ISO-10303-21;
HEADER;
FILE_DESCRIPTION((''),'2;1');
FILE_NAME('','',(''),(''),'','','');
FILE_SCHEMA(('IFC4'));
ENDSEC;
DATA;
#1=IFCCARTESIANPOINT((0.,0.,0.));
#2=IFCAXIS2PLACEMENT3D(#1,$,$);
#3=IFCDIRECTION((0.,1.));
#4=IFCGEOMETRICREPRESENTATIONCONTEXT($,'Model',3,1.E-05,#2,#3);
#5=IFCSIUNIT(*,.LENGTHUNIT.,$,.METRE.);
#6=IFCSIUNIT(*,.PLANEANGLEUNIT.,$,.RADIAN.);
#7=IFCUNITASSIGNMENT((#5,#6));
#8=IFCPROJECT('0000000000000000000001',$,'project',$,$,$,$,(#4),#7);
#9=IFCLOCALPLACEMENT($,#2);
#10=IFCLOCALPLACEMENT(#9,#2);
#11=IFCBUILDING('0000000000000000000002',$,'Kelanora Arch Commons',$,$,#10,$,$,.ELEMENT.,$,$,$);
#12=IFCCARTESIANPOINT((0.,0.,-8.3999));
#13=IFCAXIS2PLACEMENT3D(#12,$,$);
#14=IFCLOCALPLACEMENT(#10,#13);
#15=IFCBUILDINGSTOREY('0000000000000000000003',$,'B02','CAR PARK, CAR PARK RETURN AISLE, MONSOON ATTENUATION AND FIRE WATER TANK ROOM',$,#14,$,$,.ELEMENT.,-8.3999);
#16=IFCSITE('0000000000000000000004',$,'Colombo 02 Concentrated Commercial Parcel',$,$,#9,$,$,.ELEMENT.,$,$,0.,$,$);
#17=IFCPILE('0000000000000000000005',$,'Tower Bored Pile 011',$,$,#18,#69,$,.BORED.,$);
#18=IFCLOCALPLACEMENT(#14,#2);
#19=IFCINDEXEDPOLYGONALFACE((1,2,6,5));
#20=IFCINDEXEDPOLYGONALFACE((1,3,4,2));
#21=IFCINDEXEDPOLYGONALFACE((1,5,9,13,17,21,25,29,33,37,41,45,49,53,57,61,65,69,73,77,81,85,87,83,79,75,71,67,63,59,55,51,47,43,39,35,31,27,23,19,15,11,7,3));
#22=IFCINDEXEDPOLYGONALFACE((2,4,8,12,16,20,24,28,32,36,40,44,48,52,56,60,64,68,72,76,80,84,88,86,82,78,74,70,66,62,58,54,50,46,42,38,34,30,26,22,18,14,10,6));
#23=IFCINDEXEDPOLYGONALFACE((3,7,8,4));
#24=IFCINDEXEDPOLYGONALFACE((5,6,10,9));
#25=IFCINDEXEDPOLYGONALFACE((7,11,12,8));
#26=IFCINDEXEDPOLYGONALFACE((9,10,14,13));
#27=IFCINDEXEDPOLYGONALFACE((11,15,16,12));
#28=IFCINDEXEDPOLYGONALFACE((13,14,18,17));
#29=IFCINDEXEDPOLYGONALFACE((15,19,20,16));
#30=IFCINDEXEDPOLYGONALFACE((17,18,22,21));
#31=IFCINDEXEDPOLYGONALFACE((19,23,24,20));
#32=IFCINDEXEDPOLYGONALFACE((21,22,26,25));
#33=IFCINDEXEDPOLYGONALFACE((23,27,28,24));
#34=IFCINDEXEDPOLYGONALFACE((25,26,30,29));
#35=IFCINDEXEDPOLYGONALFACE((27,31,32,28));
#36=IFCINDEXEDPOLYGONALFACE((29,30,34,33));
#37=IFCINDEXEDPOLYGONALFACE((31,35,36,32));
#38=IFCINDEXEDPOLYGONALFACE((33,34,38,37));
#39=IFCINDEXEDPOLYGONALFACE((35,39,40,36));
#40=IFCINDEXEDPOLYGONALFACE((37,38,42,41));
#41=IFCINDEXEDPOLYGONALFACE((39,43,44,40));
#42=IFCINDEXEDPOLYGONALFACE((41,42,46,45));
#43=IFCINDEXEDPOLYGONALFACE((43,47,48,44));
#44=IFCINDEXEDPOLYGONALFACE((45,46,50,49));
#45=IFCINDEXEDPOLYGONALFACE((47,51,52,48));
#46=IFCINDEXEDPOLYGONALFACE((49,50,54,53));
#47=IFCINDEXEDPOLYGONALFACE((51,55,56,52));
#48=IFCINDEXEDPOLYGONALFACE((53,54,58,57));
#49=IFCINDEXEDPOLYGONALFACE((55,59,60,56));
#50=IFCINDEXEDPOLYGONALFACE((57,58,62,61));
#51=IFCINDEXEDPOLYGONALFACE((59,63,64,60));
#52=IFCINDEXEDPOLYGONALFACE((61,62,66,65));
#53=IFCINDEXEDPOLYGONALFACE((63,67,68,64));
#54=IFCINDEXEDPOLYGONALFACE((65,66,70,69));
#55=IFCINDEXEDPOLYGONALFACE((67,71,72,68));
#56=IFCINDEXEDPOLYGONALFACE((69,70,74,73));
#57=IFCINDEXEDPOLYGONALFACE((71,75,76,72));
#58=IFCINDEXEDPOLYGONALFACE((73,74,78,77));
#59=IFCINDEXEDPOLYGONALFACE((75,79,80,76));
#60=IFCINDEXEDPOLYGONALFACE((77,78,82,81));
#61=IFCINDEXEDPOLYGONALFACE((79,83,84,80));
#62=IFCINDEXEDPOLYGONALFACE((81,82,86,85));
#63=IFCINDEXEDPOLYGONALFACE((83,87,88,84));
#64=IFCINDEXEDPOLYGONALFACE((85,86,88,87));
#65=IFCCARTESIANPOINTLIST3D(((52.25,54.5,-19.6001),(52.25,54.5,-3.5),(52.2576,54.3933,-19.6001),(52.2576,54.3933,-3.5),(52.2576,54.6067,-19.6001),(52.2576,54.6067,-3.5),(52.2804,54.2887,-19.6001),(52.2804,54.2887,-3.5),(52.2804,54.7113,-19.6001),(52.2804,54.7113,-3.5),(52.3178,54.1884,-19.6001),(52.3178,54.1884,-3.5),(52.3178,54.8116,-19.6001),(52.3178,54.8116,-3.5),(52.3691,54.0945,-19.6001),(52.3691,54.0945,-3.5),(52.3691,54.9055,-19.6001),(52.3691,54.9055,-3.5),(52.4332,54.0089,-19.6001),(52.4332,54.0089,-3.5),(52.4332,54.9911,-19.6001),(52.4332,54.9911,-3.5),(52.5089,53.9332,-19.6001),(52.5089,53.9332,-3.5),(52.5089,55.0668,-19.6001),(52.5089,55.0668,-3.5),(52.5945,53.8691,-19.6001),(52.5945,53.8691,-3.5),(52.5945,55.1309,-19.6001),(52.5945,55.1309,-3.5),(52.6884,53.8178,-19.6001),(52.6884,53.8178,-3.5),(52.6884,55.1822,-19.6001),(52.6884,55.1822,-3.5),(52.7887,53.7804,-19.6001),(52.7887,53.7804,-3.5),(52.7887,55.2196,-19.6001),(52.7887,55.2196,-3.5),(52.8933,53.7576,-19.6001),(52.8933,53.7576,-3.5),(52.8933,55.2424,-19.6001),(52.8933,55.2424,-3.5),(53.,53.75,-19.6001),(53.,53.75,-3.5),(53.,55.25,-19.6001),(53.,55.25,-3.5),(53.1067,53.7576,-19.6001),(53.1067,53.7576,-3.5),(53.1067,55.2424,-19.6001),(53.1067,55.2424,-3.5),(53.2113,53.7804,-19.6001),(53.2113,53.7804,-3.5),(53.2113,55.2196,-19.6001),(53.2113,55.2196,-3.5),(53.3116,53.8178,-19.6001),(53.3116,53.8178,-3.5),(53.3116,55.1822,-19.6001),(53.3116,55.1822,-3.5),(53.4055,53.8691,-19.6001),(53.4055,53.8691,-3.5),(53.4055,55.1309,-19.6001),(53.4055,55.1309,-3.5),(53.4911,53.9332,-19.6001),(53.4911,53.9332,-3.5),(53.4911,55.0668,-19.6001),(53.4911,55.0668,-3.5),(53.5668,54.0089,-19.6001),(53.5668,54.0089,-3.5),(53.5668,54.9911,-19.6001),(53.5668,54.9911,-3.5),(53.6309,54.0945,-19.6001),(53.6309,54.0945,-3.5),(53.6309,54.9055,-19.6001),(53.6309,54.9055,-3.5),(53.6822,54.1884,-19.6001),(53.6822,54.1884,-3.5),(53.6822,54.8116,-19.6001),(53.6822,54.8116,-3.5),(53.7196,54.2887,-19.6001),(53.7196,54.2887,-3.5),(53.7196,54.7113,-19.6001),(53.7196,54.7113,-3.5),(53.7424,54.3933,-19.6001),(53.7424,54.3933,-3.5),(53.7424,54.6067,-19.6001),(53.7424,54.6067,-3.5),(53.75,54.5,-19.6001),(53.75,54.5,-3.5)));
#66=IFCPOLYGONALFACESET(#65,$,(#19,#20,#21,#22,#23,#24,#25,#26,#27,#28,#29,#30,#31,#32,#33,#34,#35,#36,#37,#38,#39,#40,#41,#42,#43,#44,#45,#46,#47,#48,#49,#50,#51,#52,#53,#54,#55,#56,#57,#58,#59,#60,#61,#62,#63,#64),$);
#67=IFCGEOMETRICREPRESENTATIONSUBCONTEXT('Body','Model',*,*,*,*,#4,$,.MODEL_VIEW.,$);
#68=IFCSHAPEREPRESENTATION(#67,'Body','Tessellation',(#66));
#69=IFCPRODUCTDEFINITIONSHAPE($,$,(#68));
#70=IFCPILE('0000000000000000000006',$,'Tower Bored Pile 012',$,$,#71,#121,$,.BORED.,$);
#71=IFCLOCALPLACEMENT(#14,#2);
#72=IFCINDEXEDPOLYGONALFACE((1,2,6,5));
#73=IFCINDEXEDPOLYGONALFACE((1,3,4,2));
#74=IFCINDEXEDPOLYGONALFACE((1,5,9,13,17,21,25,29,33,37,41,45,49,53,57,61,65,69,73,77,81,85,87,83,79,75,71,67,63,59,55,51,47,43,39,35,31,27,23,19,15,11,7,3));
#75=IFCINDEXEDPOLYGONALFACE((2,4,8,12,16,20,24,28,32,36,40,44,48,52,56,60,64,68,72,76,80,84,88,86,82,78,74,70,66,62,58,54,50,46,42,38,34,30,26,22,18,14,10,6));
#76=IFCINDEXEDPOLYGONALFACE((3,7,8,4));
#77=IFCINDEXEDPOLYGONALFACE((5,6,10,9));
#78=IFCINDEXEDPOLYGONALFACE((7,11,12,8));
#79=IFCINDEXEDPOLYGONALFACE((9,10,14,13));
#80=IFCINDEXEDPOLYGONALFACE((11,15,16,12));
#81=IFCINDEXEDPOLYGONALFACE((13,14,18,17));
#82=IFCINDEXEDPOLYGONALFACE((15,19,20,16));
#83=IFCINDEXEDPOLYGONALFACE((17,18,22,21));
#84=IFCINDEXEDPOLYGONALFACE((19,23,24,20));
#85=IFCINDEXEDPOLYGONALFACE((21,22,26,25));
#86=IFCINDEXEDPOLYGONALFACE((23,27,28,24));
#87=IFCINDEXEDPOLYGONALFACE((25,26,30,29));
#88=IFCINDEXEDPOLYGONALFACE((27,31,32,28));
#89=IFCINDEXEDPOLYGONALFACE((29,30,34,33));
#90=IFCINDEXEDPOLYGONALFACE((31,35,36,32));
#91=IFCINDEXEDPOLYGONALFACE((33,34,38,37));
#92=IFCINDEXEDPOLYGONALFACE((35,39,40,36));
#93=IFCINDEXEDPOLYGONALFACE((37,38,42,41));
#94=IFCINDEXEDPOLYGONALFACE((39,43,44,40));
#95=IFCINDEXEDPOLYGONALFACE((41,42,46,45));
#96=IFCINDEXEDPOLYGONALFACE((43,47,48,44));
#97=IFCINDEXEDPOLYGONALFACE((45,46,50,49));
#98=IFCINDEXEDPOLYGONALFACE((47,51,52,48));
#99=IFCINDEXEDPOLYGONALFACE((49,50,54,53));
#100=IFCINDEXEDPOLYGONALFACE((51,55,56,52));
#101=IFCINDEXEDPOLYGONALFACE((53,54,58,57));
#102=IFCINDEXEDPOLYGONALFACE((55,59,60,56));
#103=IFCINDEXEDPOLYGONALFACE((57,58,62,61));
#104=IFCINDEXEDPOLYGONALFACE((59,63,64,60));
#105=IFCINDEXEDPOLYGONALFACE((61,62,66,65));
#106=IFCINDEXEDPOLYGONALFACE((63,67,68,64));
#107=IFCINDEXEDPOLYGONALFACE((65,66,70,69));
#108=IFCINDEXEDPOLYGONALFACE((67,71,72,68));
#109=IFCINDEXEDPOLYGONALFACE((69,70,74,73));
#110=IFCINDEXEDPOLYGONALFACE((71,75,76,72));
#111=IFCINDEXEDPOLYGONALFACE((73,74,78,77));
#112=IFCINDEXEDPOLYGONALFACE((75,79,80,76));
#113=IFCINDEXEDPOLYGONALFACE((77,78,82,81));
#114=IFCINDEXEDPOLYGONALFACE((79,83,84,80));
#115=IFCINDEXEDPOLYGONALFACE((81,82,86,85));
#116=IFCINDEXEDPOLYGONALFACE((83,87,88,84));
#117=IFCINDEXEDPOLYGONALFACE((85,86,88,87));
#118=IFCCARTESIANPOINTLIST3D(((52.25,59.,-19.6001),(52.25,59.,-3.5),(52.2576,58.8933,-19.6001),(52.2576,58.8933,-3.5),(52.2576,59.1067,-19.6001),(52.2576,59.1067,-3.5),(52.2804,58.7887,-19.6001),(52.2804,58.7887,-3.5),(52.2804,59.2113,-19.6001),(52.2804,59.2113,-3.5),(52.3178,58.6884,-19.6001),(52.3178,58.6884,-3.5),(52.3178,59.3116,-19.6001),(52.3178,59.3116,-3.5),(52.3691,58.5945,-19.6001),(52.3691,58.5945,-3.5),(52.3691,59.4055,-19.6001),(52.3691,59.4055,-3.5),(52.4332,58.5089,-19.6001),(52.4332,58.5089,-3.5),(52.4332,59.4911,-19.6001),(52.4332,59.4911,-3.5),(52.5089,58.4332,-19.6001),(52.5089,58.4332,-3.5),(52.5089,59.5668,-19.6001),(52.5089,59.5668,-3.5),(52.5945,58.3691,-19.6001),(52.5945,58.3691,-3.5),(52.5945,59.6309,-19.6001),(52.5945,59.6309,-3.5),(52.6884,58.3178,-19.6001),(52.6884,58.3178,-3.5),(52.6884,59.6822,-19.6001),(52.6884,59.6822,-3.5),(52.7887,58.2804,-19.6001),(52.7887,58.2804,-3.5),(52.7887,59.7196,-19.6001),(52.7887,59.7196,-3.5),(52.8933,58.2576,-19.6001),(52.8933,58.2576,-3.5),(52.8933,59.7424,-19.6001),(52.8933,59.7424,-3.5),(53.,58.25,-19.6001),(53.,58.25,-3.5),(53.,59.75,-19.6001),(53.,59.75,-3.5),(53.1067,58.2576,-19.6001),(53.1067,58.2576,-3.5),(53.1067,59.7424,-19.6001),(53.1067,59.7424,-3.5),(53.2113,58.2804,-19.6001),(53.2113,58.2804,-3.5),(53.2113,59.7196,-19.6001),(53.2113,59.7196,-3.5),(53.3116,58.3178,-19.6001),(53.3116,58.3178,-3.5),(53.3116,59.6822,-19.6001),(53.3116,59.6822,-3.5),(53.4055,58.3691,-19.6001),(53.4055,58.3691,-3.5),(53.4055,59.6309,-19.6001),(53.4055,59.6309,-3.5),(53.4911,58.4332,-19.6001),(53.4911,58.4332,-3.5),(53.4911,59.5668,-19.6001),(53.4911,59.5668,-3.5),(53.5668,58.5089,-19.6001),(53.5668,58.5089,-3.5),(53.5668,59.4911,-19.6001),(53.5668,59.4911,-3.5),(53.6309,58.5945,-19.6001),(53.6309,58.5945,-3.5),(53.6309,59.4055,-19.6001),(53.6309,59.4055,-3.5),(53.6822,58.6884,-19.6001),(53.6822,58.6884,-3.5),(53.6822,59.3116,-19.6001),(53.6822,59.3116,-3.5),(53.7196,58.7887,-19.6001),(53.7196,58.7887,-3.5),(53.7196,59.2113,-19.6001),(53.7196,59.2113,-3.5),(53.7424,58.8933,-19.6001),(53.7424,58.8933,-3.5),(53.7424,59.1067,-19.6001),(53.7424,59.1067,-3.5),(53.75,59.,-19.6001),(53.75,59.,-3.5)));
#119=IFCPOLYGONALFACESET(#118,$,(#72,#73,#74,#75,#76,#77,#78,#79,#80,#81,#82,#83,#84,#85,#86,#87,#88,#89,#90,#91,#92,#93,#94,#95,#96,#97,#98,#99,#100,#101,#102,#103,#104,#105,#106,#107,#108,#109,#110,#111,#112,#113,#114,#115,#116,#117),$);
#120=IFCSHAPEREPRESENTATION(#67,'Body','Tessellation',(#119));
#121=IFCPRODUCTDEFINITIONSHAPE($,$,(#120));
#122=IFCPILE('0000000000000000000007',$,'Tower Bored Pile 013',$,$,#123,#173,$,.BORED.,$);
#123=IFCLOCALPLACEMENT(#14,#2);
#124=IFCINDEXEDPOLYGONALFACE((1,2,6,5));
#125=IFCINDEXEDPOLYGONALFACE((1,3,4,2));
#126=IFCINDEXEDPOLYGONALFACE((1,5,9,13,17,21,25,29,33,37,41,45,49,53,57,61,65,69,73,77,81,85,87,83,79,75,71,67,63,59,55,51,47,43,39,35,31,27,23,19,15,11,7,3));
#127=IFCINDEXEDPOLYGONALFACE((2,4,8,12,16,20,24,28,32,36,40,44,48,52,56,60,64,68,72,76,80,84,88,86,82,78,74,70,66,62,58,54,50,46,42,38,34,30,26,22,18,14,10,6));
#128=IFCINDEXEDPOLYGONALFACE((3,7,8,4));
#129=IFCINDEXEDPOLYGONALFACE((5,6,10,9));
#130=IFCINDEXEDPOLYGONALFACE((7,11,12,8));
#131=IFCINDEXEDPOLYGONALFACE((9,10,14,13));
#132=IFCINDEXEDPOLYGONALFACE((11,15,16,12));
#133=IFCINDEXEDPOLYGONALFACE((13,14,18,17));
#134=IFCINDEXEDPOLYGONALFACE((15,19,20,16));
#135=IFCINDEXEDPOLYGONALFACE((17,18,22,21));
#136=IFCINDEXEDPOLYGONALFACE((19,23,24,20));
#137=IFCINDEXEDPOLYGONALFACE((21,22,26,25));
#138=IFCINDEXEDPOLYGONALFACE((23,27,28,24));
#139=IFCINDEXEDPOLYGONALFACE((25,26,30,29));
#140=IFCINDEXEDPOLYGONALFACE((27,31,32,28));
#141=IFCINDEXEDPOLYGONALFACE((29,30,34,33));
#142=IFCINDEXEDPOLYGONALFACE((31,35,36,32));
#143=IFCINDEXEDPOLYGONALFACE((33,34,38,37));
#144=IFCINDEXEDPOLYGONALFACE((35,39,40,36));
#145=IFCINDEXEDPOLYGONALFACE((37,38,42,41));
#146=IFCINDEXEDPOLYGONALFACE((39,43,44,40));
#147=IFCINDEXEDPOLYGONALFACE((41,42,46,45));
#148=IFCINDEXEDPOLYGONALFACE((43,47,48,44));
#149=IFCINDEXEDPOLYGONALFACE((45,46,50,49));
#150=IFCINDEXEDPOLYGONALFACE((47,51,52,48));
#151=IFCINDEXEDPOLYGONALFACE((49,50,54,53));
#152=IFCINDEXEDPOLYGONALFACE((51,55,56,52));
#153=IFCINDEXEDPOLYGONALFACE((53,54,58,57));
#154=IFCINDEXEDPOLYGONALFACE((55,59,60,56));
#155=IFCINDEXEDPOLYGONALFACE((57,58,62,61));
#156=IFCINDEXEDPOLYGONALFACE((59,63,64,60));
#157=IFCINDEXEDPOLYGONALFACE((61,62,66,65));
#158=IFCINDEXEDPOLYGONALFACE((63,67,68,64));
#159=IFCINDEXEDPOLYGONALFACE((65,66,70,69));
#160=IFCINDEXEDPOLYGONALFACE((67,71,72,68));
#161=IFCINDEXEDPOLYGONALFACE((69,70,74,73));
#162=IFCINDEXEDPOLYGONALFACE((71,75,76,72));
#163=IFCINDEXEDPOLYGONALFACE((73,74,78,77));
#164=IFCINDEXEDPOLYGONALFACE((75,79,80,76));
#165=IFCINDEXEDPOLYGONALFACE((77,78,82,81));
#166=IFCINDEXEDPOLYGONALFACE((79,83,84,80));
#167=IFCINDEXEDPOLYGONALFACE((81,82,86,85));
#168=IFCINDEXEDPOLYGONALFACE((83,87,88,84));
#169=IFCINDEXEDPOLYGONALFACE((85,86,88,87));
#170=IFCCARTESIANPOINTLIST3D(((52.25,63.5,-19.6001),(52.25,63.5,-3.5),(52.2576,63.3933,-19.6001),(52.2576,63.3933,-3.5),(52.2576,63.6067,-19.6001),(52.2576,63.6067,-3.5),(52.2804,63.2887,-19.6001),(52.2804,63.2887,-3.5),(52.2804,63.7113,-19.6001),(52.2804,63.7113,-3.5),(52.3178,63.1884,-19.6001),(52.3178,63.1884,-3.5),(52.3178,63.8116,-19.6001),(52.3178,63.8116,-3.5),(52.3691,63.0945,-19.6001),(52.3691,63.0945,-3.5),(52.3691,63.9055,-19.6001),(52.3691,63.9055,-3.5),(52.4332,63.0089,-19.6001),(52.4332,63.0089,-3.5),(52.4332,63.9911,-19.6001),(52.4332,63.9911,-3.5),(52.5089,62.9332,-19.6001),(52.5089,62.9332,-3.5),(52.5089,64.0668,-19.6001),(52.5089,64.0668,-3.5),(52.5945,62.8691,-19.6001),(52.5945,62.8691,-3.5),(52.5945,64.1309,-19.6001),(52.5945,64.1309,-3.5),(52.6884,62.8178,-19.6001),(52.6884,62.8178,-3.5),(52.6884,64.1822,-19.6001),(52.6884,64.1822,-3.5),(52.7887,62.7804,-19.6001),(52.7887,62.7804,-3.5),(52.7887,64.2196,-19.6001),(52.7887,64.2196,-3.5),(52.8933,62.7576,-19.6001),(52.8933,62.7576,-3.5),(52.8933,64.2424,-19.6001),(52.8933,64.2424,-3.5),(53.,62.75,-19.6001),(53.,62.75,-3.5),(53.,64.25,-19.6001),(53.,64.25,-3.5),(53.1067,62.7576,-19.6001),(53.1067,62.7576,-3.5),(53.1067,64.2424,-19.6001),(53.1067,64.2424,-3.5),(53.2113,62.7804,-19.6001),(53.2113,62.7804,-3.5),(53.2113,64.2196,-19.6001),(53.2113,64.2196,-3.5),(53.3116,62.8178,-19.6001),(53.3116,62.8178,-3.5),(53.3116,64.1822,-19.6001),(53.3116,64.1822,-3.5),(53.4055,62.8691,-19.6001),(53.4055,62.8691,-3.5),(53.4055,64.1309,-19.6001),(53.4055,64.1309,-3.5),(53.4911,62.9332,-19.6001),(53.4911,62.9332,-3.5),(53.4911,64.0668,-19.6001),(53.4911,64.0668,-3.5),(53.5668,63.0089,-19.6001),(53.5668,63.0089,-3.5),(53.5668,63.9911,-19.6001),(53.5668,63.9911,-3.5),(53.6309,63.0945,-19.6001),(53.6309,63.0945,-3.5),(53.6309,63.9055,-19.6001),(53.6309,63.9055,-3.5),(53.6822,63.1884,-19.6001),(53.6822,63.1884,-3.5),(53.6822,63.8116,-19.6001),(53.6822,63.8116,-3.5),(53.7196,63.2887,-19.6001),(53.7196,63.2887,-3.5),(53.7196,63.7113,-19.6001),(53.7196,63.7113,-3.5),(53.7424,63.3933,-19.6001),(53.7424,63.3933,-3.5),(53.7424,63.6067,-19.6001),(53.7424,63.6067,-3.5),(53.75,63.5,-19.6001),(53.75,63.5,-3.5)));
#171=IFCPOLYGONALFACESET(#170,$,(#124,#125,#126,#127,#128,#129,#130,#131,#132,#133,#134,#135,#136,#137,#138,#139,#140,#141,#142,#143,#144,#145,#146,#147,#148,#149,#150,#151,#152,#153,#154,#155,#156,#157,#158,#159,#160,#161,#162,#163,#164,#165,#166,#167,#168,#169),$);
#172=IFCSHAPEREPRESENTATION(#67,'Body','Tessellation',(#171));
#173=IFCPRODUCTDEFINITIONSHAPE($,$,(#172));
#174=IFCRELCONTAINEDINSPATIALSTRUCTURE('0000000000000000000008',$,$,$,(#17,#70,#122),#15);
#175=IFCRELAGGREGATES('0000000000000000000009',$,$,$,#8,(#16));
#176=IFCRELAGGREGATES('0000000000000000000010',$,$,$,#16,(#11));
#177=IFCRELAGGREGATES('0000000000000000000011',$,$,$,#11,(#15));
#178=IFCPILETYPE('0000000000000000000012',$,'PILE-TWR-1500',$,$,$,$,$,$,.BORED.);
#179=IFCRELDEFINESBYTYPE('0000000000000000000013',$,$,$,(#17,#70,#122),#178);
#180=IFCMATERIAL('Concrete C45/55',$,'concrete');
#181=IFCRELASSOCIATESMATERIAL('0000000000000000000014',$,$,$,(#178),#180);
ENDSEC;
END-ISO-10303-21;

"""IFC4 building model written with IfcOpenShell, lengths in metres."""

from ifc_helpers import new_model, si_unit, direction, frame, origin, origin_2d, place, context, subcontext, project, spatial, circle, extrude, source, transform, mapped, material, material_profile, profile_set, type_object, element, save


model = new_model("IFC4")

# Units and contexts
model_context = context("Model", 3, precision=1e-05, world=origin(), true_north=direction((0.0, 1.0)))
body_context = subcontext(model_context, "Body", "Model", "MODEL_VIEW")
ifc_project = project(units=[si_unit("LENGTHUNIT", "METRE"), si_unit("PLANEANGLEUNIT", "RADIAN")], contexts=[model_context])

# Site, building, storey
site_placement = place(None, origin())
site = spatial("IfcSite", under=ifc_project, at=site_placement, Name="Colombo 02 Concentrated Commercial Parcel", CompositionType="ELEMENT", RefElevation=0.0)
building_placement = place(site_placement, origin())
building = spatial("IfcBuilding", under=site, at=building_placement, Name="Kelanora Arch Commons", CompositionType="ELEMENT")
storey_placement = place(building_placement, frame((0.0, 0.0, -8.3999)))
storey = spatial("IfcBuildingStorey", under=building, at=storey_placement, Name="B02", Description="CAR PARK, CAR PARK RETURN AISLE, MONSOON ATTENUATION AND FIRE WATER TANK ROOM", CompositionType="ELEMENT", Elevation=-8.3999)

# Piles
ifc_material_1 = material(Name="Concrete C45/55", Category="concrete")
ifc_material_profile_1 = material_profile(ifc_material_1, circle(Radius=0.75, at=origin_2d()), Name="PILE1500")
ifc_profile_set_1 = profile_set([ifc_material_profile_1], Name="Concrete C45/55")
pile_type = type_object("IfcPileType", Name="PILE-TWR-1500", PredefinedType="BORED", material=ifc_profile_set_1)
shared_shape = source(origin(), body_context, "Body", "SweptSolid", [
    extrude(circle(Radius=0.75, at=origin_2d()), origin(), (0.0, 0.0, 1.0), 16.1001),
])
for number, where, z_axis, x_axis, name in (
    (1, (53.0, 54.5, -3.5), (0.0, 0.0, -1.0), (1.0, 0.0, 0.0), "Tower Bored Pile 011"),
    (2, (53.0, 59.0, -3.5), (0.0, 0.0, -1.0), (1.0, 0.0, 0.0), "Tower Bored Pile 012"),
    (3, (53.0, 63.5, -3.5), (0.0, 0.0, -1.0), (1.0, 0.0, 0.0), "Tower Bored Pile 013"),
):
    element("IfcPile", number, at=place(storey_placement, frame(where, z_axis=z_axis, x_axis=x_axis)), inside=storey, type_object=pile_type, Name=name, PredefinedType="BORED", context=body_context, shape_type="MappedRepresentation", body=[
        mapped(shared_shape, transform((0.0, 0.0, 0.0), scale=1.0)),
    ])

save(model, "model.ifc")
